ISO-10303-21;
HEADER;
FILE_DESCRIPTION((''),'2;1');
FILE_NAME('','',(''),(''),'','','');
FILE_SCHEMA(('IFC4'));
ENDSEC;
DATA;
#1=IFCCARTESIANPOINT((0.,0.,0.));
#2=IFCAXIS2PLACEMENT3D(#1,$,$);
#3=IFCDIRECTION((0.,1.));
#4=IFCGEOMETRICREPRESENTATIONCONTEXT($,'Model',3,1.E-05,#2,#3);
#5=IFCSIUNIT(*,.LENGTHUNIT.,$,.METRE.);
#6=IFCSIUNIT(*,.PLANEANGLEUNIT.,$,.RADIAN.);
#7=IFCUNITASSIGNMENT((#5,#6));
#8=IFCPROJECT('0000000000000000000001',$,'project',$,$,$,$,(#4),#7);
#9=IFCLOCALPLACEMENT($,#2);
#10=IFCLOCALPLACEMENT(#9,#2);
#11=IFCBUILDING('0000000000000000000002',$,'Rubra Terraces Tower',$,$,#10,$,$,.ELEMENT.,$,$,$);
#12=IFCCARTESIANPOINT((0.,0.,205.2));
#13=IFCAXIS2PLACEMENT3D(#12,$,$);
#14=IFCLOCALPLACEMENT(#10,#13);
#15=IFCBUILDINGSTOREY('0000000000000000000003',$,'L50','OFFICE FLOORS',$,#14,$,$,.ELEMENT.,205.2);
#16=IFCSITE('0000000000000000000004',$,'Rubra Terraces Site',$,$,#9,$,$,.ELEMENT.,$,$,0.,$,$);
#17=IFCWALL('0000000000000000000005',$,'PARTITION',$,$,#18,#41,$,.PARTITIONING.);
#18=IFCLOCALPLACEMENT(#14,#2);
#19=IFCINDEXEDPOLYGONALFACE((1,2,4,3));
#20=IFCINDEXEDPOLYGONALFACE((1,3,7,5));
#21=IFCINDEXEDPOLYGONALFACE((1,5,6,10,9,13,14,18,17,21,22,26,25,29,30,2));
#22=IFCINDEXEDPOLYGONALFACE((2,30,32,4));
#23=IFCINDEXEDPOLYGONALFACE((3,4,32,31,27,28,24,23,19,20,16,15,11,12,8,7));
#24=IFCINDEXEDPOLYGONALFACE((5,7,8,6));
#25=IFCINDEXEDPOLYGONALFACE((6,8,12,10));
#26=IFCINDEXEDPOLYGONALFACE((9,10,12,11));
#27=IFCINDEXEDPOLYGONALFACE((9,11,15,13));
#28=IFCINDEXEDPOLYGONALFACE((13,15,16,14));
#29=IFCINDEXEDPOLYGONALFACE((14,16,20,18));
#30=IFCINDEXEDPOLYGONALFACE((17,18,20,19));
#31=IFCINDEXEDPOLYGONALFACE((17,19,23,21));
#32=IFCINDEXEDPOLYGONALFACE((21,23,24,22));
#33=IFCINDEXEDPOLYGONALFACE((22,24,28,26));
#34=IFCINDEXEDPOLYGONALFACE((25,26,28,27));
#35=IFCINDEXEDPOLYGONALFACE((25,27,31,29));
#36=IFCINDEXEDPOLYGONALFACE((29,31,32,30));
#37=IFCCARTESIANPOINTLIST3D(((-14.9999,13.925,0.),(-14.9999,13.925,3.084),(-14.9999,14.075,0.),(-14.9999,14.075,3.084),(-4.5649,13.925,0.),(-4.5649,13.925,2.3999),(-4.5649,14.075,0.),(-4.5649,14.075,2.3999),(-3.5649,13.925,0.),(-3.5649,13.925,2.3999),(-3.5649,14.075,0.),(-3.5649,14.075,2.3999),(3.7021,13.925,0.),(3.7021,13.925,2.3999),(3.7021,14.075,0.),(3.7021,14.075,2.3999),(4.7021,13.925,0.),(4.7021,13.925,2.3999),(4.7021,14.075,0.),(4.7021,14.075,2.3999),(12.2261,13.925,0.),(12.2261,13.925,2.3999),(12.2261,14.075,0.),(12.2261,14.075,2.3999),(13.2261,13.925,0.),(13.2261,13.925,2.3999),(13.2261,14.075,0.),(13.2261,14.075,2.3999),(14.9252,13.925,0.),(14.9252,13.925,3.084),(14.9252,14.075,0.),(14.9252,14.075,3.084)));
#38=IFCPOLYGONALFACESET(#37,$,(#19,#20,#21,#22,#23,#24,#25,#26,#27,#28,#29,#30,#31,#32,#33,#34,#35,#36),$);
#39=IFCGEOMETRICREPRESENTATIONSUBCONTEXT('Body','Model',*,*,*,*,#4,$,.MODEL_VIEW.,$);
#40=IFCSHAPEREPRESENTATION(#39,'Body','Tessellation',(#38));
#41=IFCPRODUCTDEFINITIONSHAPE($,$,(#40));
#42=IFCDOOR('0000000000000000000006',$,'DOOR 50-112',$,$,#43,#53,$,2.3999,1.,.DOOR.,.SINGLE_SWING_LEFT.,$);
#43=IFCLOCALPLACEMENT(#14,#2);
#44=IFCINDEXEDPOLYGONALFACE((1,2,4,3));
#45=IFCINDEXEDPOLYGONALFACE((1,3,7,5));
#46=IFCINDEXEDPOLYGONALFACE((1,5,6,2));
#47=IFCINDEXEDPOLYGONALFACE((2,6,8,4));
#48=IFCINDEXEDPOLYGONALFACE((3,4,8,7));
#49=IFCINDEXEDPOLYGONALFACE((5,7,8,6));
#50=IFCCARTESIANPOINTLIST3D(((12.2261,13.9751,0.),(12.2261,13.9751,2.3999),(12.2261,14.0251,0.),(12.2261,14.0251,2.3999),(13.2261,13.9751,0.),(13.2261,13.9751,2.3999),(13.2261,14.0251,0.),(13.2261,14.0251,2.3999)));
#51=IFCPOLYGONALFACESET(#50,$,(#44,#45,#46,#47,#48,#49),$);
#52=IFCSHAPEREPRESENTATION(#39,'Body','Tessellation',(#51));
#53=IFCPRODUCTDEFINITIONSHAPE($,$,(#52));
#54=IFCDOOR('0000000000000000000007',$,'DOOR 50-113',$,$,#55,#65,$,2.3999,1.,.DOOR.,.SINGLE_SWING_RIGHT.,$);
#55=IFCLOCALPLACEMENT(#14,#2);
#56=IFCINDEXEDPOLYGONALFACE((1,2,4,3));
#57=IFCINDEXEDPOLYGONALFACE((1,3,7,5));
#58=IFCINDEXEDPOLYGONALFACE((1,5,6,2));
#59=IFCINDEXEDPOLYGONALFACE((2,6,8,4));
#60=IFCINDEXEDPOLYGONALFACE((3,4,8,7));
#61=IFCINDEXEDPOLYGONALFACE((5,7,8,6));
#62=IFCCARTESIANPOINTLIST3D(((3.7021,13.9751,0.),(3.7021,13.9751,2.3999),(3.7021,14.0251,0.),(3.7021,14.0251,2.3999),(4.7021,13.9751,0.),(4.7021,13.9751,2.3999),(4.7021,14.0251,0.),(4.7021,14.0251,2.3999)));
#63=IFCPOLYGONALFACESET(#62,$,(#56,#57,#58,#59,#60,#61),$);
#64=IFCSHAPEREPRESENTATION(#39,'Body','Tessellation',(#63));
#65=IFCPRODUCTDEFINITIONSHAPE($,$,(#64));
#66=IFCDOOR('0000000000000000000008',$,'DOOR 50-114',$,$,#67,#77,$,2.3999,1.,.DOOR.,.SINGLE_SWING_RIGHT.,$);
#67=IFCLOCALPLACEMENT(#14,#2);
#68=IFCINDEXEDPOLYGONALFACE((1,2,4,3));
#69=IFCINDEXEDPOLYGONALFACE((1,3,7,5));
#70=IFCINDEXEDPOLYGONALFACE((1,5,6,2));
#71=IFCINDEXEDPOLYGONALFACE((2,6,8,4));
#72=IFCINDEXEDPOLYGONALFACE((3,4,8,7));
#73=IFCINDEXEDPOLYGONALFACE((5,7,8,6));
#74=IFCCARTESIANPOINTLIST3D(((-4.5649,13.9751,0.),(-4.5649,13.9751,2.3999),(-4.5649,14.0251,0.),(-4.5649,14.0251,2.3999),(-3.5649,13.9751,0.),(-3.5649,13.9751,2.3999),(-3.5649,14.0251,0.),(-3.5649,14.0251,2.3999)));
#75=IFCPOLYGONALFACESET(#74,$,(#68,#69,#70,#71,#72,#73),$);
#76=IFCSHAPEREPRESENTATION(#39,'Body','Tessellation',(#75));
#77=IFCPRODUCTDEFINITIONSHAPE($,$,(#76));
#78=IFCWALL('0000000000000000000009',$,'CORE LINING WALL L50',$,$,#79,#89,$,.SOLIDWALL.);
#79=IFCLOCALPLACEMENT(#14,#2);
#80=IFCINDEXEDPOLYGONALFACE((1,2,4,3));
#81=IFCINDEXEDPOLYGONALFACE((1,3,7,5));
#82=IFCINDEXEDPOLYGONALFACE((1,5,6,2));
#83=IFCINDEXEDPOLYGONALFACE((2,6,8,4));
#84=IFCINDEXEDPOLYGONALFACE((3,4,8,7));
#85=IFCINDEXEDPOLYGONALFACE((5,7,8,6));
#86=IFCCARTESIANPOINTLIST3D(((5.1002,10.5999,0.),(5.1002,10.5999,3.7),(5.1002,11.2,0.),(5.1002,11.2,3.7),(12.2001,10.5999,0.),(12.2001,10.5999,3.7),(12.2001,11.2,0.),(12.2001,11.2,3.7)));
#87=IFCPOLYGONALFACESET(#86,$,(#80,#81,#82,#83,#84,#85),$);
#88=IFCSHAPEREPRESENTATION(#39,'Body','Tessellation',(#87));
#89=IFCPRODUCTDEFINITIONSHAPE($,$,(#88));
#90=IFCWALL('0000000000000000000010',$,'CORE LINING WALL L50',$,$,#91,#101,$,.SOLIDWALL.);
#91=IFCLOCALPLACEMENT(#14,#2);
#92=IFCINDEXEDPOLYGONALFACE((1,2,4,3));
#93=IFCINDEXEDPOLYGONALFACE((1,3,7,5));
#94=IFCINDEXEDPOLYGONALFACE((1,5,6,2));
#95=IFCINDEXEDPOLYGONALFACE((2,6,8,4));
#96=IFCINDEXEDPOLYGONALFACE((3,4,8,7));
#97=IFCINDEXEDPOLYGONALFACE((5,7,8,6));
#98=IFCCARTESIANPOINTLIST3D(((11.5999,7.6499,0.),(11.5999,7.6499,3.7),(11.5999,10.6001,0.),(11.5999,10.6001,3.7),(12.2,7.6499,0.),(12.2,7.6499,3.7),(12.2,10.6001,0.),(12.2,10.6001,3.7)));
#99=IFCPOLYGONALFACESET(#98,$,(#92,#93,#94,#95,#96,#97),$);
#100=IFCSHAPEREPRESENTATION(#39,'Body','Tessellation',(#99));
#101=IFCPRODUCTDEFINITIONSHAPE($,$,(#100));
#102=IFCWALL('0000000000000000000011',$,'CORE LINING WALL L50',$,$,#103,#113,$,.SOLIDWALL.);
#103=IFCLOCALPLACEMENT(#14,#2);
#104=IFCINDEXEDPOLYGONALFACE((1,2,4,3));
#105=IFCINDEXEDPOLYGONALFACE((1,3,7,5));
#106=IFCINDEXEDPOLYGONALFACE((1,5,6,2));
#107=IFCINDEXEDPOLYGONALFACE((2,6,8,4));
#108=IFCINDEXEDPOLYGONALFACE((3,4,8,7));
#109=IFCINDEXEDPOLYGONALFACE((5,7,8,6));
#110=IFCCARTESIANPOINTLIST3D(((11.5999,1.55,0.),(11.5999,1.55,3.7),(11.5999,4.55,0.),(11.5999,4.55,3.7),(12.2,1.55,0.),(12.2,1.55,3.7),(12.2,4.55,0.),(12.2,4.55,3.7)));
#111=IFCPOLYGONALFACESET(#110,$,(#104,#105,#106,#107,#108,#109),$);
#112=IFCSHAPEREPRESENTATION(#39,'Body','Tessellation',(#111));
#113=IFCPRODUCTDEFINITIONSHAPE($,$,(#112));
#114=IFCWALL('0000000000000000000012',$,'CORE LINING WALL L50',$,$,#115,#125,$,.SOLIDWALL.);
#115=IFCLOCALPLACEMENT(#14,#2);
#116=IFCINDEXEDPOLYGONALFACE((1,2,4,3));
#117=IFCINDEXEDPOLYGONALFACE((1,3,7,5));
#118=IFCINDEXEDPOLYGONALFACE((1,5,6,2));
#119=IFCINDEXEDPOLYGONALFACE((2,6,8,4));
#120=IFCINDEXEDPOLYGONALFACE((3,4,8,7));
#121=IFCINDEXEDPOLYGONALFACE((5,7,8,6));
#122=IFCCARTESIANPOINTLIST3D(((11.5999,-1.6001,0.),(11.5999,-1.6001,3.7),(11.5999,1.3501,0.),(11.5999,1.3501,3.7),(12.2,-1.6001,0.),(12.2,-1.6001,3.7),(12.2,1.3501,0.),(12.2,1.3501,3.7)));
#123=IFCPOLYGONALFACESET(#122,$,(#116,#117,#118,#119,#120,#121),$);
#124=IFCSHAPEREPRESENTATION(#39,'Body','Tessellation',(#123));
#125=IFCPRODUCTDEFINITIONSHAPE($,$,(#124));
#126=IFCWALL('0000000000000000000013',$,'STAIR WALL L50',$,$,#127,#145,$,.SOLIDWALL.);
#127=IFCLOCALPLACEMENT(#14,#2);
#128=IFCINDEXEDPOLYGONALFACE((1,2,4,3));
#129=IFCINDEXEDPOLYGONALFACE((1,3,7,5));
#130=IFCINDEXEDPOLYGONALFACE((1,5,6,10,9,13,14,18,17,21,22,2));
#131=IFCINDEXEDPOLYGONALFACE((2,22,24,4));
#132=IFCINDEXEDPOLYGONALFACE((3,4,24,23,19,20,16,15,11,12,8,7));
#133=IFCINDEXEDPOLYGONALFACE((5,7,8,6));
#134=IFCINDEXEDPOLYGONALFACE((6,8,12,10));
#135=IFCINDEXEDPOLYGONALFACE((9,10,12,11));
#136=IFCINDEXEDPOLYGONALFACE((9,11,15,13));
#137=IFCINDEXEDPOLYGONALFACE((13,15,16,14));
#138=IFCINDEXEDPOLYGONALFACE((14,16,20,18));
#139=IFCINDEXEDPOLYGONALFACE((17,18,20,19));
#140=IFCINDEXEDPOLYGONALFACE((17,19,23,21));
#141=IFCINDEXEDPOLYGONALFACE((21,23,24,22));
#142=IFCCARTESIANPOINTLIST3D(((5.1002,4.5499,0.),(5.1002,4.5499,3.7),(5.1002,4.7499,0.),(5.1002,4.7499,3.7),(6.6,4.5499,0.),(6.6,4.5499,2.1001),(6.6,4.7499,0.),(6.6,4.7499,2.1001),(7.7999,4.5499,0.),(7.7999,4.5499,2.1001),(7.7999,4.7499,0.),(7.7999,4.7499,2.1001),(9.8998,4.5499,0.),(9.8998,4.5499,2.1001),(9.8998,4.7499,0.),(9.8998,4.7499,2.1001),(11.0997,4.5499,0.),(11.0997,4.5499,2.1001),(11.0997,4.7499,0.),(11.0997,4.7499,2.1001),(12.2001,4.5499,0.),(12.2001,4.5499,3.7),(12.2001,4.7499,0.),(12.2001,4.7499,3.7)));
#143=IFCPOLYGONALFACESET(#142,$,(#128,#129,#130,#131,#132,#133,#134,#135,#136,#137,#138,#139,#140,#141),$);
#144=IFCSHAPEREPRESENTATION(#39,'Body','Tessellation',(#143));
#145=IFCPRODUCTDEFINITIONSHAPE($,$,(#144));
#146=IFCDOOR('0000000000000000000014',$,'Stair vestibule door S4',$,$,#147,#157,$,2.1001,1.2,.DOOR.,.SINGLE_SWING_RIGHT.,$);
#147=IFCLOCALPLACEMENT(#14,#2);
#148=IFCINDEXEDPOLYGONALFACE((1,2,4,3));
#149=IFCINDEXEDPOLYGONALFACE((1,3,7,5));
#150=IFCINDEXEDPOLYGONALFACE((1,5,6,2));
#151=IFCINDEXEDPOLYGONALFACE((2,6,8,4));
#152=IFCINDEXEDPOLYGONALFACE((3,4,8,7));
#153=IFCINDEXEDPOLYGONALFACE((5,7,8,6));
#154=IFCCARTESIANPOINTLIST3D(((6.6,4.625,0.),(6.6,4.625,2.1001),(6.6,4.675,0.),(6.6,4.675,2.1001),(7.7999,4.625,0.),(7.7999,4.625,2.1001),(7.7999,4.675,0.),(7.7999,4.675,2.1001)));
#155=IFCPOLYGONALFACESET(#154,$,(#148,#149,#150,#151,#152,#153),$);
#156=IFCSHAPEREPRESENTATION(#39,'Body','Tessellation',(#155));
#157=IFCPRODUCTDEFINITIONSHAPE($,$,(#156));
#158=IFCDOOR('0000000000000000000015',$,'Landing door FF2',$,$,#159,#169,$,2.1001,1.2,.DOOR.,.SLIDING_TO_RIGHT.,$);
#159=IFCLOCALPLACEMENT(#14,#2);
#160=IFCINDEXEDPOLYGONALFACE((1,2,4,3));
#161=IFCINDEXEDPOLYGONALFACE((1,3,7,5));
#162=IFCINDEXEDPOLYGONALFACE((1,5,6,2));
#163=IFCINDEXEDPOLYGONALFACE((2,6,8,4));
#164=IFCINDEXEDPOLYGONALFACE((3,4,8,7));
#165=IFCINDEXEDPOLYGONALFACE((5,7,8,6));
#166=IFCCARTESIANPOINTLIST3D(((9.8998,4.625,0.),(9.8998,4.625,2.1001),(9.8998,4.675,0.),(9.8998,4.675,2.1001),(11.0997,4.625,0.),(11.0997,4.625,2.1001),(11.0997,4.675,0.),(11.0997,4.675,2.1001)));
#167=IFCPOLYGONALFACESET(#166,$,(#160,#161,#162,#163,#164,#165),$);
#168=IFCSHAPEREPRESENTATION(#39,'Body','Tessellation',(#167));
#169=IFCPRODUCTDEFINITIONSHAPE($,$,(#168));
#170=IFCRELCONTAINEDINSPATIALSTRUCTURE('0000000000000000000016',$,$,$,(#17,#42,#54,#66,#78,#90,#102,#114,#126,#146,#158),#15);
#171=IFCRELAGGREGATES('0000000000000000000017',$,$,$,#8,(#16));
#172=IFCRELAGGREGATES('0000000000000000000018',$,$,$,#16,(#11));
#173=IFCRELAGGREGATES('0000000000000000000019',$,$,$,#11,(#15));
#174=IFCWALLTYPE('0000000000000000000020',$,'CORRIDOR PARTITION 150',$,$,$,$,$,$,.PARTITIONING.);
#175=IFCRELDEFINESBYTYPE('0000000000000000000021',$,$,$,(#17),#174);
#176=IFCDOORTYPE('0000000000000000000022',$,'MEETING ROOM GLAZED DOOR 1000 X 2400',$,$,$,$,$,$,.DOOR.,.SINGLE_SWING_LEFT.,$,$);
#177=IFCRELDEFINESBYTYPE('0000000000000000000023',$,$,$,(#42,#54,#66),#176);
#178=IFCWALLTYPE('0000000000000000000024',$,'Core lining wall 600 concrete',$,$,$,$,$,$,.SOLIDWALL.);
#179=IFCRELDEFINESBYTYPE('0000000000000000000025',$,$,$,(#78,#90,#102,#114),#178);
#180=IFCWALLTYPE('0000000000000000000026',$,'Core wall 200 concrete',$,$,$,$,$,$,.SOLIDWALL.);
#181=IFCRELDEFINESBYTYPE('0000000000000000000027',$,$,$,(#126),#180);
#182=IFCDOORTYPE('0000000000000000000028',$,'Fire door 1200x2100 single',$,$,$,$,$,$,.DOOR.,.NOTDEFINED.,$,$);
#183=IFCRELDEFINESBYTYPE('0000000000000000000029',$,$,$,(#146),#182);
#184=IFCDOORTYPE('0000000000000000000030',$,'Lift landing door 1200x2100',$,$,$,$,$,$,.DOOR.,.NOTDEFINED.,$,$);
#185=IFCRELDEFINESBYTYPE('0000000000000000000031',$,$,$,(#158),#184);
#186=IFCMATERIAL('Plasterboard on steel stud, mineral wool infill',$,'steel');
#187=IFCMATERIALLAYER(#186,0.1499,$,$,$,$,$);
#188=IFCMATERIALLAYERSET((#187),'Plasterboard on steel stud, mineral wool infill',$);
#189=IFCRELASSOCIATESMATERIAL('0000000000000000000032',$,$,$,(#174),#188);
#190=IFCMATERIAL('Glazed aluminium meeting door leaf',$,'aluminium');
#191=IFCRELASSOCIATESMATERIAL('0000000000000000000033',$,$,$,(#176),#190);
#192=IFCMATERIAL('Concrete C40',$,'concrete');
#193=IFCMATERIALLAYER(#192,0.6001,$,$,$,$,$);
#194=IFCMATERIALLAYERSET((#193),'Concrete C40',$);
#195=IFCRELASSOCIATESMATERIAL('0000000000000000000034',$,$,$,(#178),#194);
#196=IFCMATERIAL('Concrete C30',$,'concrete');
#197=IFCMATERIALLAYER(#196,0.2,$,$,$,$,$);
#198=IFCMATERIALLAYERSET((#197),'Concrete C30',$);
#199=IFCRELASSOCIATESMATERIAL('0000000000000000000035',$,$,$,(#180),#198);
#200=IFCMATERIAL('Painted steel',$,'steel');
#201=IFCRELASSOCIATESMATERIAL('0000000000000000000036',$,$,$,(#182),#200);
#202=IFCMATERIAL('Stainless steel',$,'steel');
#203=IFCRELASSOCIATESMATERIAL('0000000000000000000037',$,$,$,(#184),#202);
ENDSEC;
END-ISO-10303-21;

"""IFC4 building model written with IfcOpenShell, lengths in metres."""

from ifc_helpers import new_model, si_unit, direction, frame, frame_2d, origin, place, context, subcontext, project, spatial, rectangle, extrude, material, layer, layer_set, type_object, element, fill, save


model = new_model("IFC4")

# Units and contexts
model_context = context("Model", 3, precision=1e-05, world=origin(), true_north=direction((0.0, 1.0)))
body_context = subcontext(model_context, "Body", "Model", "MODEL_VIEW")
ifc_project = project(units=[si_unit("LENGTHUNIT", "METRE"), si_unit("PLANEANGLEUNIT", "RADIAN")], contexts=[model_context])

# Site, building, storey
site_placement = place(None, origin())
site = spatial("IfcSite", under=ifc_project, at=site_placement, Name="Rubra Terraces Site", CompositionType="ELEMENT", RefElevation=0.0)
building_placement = place(site_placement, origin())
building = spatial("IfcBuilding", under=site, at=building_placement, Name="Rubra Terraces Tower", CompositionType="ELEMENT")
storey_placement = place(building_placement, frame((0.0, 0.0, 205.2)))
storey = spatial("IfcBuildingStorey", under=building, at=storey_placement, Name="L50", Description="OFFICE FLOORS", CompositionType="ELEMENT", Elevation=205.2)

# Wall, openings, doors
ifc_material_1 = material(Name="Plasterboard on steel stud, mineral wool infill", Category="steel")
ifc_layer_1 = layer(ifc_material_1, 0.1499)
ifc_layer_set_1 = layer_set([ifc_layer_1], Name="Plasterboard on steel stud, mineral wool infill")
wall_type_1 = type_object("IfcWallType", Name="CORRIDOR PARTITION 150", PredefinedType="PARTITIONING", material=ifc_layer_set_1)
wall_1_placement = place(storey_placement, frame((14.925, 14.0, 0.0), z_axis=(0.0, 0.0, 1.0), x_axis=(-1.0, 0.0, 0.0)))
wall_1 = element("IfcWall", 1, at=wall_1_placement, inside=storey, type_object=wall_type_1, Name="PARTITION", PredefinedType="PARTITIONING", context=body_context, shape_type="SweptSolid", body=[
    extrude(rectangle(XDim=29.925, YDim=0.1499, at=frame_2d((14.9624, 0.0))), origin(), (0.0, 0.0, 1.0), 3.084),
])
opening_1_placement = place(wall_1_placement, frame((1.699, 0.0, 0.0)))
opening_1 = element("IfcOpeningElement", 2, at=opening_1_placement, cuts=wall_1, PredefinedType="OPENING", context=body_context, shape_type="SweptSolid", body=[
    extrude(rectangle(XDim=1.0, YDim=2.3999, at=frame_2d((0.5, 1.2))), frame((0.0, 0.085, 0.0), z_axis=(0.0, -1.0, 0.0), x_axis=(1.0, 0.0, 0.0)), (0.0, 0.0, 1.0), 0.1699),
])
opening_2_placement = place(wall_1_placement, frame((10.2229, 0.0, 0.0)))
opening_2 = element("IfcOpeningElement", 3, at=opening_2_placement, cuts=wall_1, PredefinedType="OPENING", context=body_context, shape_type="SweptSolid", body=[
    extrude(rectangle(XDim=1.0, YDim=2.3999, at=frame_2d((0.5, 1.2))), frame((0.0, 0.085, 0.0), z_axis=(0.0, -1.0, 0.0), x_axis=(1.0, 0.0, 0.0)), (0.0, 0.0, 1.0), 0.1699),
])
opening_3_placement = place(wall_1_placement, frame((18.49, 0.0, 0.0)))
opening_3 = element("IfcOpeningElement", 4, at=opening_3_placement, cuts=wall_1, PredefinedType="OPENING", context=body_context, shape_type="SweptSolid", body=[
    extrude(rectangle(XDim=1.0, YDim=2.3999, at=frame_2d((0.5, 1.2))), frame((0.0, 0.085, 0.0), z_axis=(0.0, -1.0, 0.0), x_axis=(1.0, 0.0, 0.0)), (0.0, 0.0, 1.0), 0.1699),
])
ifc_material_2 = material(Name="Glazed aluminium meeting door leaf", Category="aluminium")
door_type_1 = type_object("IfcDoorType", Name="MEETING ROOM GLAZED DOOR 1000 X 2400", OperationType="SINGLE_SWING_LEFT", PredefinedType="DOOR", material=ifc_material_2)
door_1_placement = place(opening_1_placement, origin())
door_1 = element("IfcDoor", 5, at=door_1_placement, inside=storey, type_object=door_type_1, Name="DOOR 50-112", OperationType="SINGLE_SWING_LEFT", OverallHeight=2.3999, OverallWidth=1.0, PredefinedType="DOOR", context=body_context, shape_type="SweptSolid", body=[
    extrude(rectangle(XDim=1.0, YDim=2.3999, at=frame_2d((0.5, 1.2))), frame((0.0, 0.0249, 0.0), z_axis=(0.0, -1.0, 0.0), x_axis=(1.0, 0.0, 0.0)), (0.0, 0.0, 1.0), 0.05),
])
fill(opening_1, door_1)
door_2_placement = place(opening_2_placement, origin())
door_2 = element("IfcDoor", 6, at=door_2_placement, inside=storey, type_object=door_type_1, Name="DOOR 50-113", OperationType="SINGLE_SWING_RIGHT", OverallHeight=2.3999, OverallWidth=1.0, PredefinedType="DOOR", context=body_context, shape_type="SweptSolid", body=[
    extrude(rectangle(XDim=1.0, YDim=2.3999, at=frame_2d((0.5, 1.2))), frame((0.0, 0.0249, 0.0), z_axis=(0.0, -1.0, 0.0), x_axis=(1.0, 0.0, 0.0)), (0.0, 0.0, 1.0), 0.05),
])
fill(opening_2, door_2)
door_3_placement = place(opening_3_placement, origin())
door_3 = element("IfcDoor", 7, at=door_3_placement, inside=storey, type_object=door_type_1, Name="DOOR 50-114", OperationType="SINGLE_SWING_RIGHT", OverallHeight=2.3999, OverallWidth=1.0, PredefinedType="DOOR", context=body_context, shape_type="SweptSolid", body=[
    extrude(rectangle(XDim=1.0, YDim=2.3999, at=frame_2d((0.5, 1.2))), frame((0.0, 0.0249, 0.0), z_axis=(0.0, -1.0, 0.0), x_axis=(1.0, 0.0, 0.0)), (0.0, 0.0, 1.0), 0.05),
])
fill(opening_3, door_3)

# Walls
ifc_material_3 = material(Name="Concrete C40", Category="concrete")
ifc_layer_2 = layer(ifc_material_3, 0.6001)
ifc_layer_set_2 = layer_set([ifc_layer_2], Name="Concrete C40")
wall_type_2 = type_object("IfcWallType", Name="Core lining wall 600 concrete", PredefinedType="SOLIDWALL", material=ifc_layer_set_2)
wall_2_placement = place(storey_placement, frame((12.2, 10.8999, 0.0), z_axis=(0.0, 0.0, 1.0), x_axis=(-1.0, 0.0, 0.0)))
element("IfcWall", 8, at=wall_2_placement, inside=storey, type_object=wall_type_2, Name="CORE LINING WALL L50", PredefinedType="SOLIDWALL", context=body_context, shape_type="SweptSolid", body=[
    extrude(rectangle(XDim=7.0999, YDim=0.6001, at=frame_2d((3.5498, 0.0))), origin(), (0.0, 0.0, 1.0), 3.7),
])
wall_3_placement = place(storey_placement, frame((11.8999, 10.6001, 0.0), z_axis=(0.0, 0.0, 1.0), x_axis=(0.0, -1.0, 0.0)))
element("IfcWall", 9, at=wall_3_placement, inside=storey, type_object=wall_type_2, Name="CORE LINING WALL L50", PredefinedType="SOLIDWALL", context=body_context, shape_type="SweptSolid", body=[
    extrude(rectangle(XDim=2.9502, YDim=0.6001, at=frame_2d((1.4751, 0.0))), origin(), (0.0, 0.0, 1.0), 3.7),
])
wall_4_placement = place(storey_placement, frame((11.8999, 4.55, 0.0), z_axis=(0.0, 0.0, 1.0), x_axis=(0.0, -1.0, 0.0)))
element("IfcWall", 10, at=wall_4_placement, inside=storey, type_object=wall_type_2, Name="CORE LINING WALL L50", PredefinedType="SOLIDWALL", context=body_context, shape_type="SweptSolid", body=[
    extrude(rectangle(XDim=3.0, YDim=0.6001, at=frame_2d((1.5, 0.0))), origin(), (0.0, 0.0, 1.0), 3.7),
])
wall_5_placement = place(storey_placement, frame((11.8999, 1.3501, 0.0), z_axis=(0.0, 0.0, 1.0), x_axis=(0.0, -1.0, 0.0)))
element("IfcWall", 11, at=wall_5_placement, inside=storey, type_object=wall_type_2, Name="CORE LINING WALL L50", PredefinedType="SOLIDWALL", context=body_context, shape_type="SweptSolid", body=[
    extrude(rectangle(XDim=2.9502, YDim=0.6001, at=frame_2d((1.4751, 0.0))), origin(), (0.0, 0.0, 1.0), 3.7),
])

# Wall, openings, doors
ifc_material_4 = material(Name="Concrete C30", Category="concrete")
ifc_layer_3 = layer(ifc_material_4, 0.2)
ifc_layer_set_3 = layer_set([ifc_layer_3], Name="Concrete C30")
wall_type_3 = type_object("IfcWallType", Name="Core wall 200 concrete", PredefinedType="SOLIDWALL", material=ifc_layer_set_3)
wall_6_placement = place(storey_placement, frame((12.2, 4.6499, 0.0), z_axis=(0.0, 0.0, 1.0), x_axis=(-1.0, 0.0, 0.0)))
wall_6 = element("IfcWall", 12, at=wall_6_placement, inside=storey, type_object=wall_type_3, Name="STAIR WALL L50", PredefinedType="SOLIDWALL", context=body_context, shape_type="SweptSolid", body=[
    extrude(rectangle(XDim=7.0999, YDim=0.2, at=frame_2d((3.5498, 0.0))), origin(), (0.0, 0.0, 1.0), 3.7),
])
opening_4_placement = place(wall_6_placement, frame((4.3999, 0.0, 0.0)))
opening_4 = element("IfcOpeningElement", 13, at=opening_4_placement, cuts=wall_6, PredefinedType="OPENING", context=body_context, shape_type="SweptSolid", body=[
    extrude(rectangle(XDim=1.2, YDim=2.1001, at=frame_2d((0.6001, 1.05))), frame((0.0, 0.1099, 0.0), z_axis=(0.0, -1.0, 0.0), x_axis=(1.0, 0.0, 0.0)), (0.0, 0.0, 1.0), 0.22),
])
opening_5_placement = place(wall_6_placement, frame((1.1001, 0.0, 0.0)))
opening_5 = element("IfcOpeningElement", 14, at=opening_5_placement, cuts=wall_6, PredefinedType="OPENING", context=body_context, shape_type="SweptSolid", body=[
    extrude(rectangle(XDim=1.2, YDim=2.1001, at=frame_2d((0.6001, 1.05))), frame((0.0, 0.1099, 0.0), z_axis=(0.0, -1.0, 0.0), x_axis=(1.0, 0.0, 0.0)), (0.0, 0.0, 1.0), 0.22),
])
ifc_material_5 = material(Name="Painted steel", Category="steel")
door_type_2 = type_object("IfcDoorType", Name="Fire door 1200x2100 single", OperationType="NOTDEFINED", PredefinedType="DOOR", material=ifc_material_5)
door_4_placement = place(opening_4_placement, origin())
door_4 = element("IfcDoor", 15, at=door_4_placement, inside=storey, type_object=door_type_2, Name="Stair vestibule door S4", OperationType="SINGLE_SWING_RIGHT", OverallHeight=2.1001, OverallWidth=1.2, PredefinedType="DOOR", context=body_context, shape_type="SweptSolid", body=[
    extrude(rectangle(XDim=1.2, YDim=2.1001, at=frame_2d((0.6001, 1.05))), frame((0.0, 0.0249, 0.0), z_axis=(0.0, -1.0, 0.0), x_axis=(1.0, 0.0, 0.0)), (0.0, 0.0, 1.0), 0.05),
])
fill(opening_4, door_4)
ifc_material_6 = material(Name="Stainless steel", Category="steel")
door_type_3 = type_object("IfcDoorType", Name="Lift landing door 1200x2100", OperationType="NOTDEFINED", PredefinedType="DOOR", material=ifc_material_6)
door_5_placement = place(opening_5_placement, origin())
door_5 = element("IfcDoor", 16, at=door_5_placement, inside=storey, type_object=door_type_3, Name="Landing door FF2", OperationType="SLIDING_TO_RIGHT", OverallHeight=2.1001, OverallWidth=1.2, PredefinedType="DOOR", context=body_context, shape_type="SweptSolid", body=[
    extrude(rectangle(XDim=1.2, YDim=2.1001, at=frame_2d((0.6001, 1.05))), frame((0.0, 0.0249, 0.0), z_axis=(0.0, -1.0, 0.0), x_axis=(1.0, 0.0, 0.0)), (0.0, 0.0, 1.0), 0.05),
])
fill(opening_5, door_5)

save(model, "model.ifc")
